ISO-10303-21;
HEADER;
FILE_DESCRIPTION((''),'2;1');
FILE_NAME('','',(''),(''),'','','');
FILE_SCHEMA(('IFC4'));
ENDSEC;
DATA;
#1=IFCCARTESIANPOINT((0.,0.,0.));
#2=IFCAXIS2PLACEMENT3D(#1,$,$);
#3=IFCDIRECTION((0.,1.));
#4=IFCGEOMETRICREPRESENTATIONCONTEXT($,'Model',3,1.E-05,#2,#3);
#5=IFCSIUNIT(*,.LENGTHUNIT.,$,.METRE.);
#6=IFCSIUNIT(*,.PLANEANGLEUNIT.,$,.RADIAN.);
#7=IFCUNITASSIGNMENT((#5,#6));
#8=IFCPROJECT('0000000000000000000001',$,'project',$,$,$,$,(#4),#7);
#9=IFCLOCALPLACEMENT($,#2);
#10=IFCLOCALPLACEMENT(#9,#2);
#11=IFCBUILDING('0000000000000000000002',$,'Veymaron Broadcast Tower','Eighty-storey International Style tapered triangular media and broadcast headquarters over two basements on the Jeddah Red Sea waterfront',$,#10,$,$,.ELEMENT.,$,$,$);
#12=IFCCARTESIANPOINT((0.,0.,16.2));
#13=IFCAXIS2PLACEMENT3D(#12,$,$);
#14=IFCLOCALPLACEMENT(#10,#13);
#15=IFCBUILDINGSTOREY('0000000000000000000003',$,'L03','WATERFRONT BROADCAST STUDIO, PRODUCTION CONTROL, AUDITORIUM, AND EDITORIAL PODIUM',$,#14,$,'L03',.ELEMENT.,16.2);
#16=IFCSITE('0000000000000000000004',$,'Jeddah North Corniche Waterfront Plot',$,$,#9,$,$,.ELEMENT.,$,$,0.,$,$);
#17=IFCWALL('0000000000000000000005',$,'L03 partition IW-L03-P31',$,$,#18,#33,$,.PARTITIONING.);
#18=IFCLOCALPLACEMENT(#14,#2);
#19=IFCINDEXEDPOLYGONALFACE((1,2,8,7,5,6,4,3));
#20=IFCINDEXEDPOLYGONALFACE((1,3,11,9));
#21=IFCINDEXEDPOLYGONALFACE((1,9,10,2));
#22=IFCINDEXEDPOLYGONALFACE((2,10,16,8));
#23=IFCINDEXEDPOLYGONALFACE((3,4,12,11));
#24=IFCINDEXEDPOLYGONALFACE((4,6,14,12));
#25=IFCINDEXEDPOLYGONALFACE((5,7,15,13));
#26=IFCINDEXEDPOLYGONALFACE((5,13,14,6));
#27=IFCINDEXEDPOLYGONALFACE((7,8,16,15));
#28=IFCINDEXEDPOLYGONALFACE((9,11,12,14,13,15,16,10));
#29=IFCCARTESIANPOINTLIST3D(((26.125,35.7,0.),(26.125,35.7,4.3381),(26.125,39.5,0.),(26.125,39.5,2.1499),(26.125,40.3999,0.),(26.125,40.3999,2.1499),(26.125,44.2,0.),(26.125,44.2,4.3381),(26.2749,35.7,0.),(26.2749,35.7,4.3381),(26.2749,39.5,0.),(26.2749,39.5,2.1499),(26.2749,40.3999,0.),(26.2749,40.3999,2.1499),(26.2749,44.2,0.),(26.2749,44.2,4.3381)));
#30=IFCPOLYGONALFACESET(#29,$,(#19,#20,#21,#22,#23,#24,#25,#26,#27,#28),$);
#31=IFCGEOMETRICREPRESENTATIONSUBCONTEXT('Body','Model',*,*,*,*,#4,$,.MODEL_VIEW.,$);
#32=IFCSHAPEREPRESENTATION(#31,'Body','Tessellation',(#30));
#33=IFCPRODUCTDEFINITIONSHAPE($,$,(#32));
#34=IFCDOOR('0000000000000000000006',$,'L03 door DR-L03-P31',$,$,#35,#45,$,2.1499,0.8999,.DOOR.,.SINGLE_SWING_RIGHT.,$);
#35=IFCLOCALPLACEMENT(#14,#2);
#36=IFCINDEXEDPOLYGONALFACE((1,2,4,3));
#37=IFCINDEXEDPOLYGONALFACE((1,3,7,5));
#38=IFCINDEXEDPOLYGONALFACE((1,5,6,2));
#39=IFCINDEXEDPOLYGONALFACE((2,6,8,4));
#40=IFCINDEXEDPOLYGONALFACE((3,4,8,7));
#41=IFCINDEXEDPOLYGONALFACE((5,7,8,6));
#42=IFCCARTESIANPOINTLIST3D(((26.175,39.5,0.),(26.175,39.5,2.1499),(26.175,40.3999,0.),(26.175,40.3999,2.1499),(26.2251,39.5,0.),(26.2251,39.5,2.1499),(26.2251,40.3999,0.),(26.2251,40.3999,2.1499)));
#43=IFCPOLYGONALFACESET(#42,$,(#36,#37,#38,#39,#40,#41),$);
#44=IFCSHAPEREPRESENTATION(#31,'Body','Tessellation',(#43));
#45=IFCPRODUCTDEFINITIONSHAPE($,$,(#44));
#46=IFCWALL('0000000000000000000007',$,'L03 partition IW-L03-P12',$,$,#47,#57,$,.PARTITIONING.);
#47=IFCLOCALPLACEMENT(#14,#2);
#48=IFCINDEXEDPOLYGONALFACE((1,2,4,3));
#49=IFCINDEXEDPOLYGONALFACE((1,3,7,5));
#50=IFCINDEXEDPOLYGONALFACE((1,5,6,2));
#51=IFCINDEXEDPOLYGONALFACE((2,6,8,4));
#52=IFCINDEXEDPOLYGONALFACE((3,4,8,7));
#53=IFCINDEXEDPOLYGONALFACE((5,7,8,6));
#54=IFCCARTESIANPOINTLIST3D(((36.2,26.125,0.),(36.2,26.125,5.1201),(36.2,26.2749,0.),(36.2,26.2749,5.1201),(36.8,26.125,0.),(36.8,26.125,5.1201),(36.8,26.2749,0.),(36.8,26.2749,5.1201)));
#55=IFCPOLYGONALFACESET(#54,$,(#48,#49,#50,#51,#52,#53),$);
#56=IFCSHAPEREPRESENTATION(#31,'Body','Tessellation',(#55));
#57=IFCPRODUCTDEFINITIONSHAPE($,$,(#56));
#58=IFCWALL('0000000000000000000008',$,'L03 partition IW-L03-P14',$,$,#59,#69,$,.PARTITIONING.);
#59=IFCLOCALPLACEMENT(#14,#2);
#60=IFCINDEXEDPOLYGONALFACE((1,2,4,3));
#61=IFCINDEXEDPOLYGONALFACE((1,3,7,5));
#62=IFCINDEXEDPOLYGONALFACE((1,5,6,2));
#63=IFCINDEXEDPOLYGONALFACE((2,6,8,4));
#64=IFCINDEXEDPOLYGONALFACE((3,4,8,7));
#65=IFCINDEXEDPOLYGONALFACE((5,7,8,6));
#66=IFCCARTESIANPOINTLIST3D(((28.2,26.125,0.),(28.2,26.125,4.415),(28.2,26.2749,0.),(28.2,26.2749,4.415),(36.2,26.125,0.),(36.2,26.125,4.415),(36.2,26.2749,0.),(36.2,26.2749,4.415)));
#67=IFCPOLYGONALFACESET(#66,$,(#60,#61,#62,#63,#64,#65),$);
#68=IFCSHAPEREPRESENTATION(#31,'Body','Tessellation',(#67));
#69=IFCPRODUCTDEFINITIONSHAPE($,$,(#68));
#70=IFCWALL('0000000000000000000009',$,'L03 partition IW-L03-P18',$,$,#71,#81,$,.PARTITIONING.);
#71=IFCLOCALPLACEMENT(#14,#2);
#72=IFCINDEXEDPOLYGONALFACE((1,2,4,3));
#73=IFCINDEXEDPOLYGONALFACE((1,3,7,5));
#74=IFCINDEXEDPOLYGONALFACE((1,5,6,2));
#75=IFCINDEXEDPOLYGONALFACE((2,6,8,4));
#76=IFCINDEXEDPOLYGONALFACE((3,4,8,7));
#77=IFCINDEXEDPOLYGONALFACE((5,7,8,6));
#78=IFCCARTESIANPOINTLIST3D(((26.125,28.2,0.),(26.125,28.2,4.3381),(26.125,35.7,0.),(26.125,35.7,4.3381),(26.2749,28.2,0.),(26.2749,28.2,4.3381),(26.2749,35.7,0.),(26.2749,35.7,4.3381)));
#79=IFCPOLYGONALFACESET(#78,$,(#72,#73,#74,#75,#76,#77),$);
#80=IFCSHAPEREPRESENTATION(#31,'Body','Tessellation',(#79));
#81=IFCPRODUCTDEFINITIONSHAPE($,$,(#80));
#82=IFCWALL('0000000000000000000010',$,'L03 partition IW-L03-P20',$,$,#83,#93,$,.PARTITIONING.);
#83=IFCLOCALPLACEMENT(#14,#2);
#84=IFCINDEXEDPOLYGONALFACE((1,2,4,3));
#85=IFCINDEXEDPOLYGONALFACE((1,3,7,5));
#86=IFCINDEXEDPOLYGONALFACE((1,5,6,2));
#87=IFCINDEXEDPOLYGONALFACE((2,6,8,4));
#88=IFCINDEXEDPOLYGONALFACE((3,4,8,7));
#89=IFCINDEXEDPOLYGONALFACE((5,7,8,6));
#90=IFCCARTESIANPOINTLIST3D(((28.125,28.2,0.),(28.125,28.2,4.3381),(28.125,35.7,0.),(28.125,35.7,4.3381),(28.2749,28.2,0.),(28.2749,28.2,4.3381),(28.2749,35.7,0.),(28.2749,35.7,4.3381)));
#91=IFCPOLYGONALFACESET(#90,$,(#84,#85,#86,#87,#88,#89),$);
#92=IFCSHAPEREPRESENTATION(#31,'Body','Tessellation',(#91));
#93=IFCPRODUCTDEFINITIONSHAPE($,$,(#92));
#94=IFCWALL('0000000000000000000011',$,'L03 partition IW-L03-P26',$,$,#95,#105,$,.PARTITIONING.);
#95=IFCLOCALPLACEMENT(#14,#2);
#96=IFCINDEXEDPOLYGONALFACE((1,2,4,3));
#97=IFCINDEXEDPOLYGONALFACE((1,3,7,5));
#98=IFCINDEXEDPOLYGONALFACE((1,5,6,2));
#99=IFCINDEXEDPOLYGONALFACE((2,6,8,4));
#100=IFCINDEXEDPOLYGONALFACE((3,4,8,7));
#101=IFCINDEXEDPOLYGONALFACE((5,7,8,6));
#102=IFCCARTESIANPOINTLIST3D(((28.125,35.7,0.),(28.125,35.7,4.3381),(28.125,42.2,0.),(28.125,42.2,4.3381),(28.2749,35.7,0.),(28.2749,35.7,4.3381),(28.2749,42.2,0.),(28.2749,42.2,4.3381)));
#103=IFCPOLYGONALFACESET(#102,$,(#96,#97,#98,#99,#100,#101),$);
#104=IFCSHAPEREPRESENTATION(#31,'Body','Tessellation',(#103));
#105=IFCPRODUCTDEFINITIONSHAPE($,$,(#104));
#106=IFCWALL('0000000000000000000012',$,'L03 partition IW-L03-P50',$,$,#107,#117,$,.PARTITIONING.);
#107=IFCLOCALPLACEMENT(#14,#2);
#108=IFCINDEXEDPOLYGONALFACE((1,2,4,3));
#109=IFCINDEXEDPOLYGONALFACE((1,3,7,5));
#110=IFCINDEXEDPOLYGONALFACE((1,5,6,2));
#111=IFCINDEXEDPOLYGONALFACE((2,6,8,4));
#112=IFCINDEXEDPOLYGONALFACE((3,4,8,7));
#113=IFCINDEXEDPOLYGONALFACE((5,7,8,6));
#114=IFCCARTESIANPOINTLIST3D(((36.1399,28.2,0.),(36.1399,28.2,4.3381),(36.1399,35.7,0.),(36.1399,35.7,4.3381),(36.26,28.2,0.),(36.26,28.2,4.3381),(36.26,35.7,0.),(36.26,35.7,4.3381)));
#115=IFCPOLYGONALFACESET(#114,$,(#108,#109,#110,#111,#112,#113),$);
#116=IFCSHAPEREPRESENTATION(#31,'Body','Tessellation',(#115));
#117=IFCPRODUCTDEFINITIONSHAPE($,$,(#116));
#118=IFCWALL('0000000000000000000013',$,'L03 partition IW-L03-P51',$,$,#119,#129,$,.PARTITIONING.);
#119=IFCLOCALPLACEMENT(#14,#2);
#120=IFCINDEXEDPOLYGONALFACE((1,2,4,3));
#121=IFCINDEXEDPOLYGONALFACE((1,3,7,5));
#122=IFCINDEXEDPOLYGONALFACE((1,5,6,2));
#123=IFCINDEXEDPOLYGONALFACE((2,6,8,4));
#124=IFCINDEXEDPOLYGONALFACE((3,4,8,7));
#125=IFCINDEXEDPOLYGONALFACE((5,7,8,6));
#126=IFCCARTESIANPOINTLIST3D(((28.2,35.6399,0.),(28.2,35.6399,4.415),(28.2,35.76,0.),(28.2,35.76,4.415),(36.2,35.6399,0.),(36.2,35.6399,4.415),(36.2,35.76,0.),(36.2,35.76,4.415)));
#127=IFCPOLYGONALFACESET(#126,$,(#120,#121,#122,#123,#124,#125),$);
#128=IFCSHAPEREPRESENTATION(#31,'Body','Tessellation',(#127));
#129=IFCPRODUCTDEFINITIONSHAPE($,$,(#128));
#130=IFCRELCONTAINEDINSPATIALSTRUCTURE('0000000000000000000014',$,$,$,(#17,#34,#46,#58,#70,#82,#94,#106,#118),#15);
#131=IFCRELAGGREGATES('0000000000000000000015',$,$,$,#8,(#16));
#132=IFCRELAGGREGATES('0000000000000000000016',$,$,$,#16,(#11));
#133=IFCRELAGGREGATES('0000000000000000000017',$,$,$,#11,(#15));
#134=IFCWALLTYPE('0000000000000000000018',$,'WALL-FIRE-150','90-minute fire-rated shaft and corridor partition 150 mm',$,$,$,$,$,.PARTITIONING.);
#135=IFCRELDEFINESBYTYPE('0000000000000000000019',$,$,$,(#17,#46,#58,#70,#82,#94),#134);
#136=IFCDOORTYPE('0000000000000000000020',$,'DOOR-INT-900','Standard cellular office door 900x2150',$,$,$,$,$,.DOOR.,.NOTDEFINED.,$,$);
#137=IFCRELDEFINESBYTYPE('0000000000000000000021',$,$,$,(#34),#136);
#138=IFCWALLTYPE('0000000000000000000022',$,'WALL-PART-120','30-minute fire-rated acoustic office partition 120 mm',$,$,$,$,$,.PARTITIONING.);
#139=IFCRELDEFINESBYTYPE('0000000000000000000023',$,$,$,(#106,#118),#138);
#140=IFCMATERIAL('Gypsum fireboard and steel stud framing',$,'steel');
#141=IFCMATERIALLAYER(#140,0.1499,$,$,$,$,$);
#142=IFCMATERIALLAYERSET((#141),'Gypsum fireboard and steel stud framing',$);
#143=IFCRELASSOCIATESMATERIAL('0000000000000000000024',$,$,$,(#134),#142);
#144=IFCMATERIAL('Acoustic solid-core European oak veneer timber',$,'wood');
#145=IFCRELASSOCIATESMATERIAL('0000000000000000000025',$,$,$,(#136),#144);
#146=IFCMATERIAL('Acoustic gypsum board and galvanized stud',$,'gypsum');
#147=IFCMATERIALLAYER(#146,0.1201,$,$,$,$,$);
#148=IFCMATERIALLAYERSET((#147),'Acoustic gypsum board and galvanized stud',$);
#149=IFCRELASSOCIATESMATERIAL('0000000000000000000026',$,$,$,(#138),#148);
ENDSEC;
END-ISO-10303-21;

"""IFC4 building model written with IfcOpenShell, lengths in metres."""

from ifc_helpers import new_model, si_unit, direction, frame, frame_2d, origin, place, context, subcontext, project, spatial, rectangle, extrude, material, layer, layer_set, type_object, element, fill, save


model = new_model("IFC4")

# Units and contexts
model_context = context("Model", 3, precision=1e-05, world=origin(), true_north=direction((0.0, 1.0)))
body_context = subcontext(model_context, "Body", "Model", "MODEL_VIEW")
ifc_project = project(units=[si_unit("LENGTHUNIT", "METRE"), si_unit("PLANEANGLEUNIT", "RADIAN")], contexts=[model_context])

# Site, building, storey
site_placement = place(None, origin())
site = spatial("IfcSite", under=ifc_project, at=site_placement, Name="Jeddah North Corniche Waterfront Plot", CompositionType="ELEMENT", RefElevation=0.0)
building_placement = place(site_placement, origin())
building = spatial("IfcBuilding", under=site, at=building_placement, Name="Veymaron Broadcast Tower", Description="Eighty-storey International Style tapered triangular media and broadcast headquarters over two basements on the Jeddah Red Sea waterfront", CompositionType="ELEMENT")
storey_placement = place(building_placement, frame((0.0, 0.0, 16.2)))
storey = spatial("IfcBuildingStorey", under=building, at=storey_placement, Name="L03", Description="WATERFRONT BROADCAST STUDIO, PRODUCTION CONTROL, AUDITORIUM, AND EDITORIAL PODIUM", LongName="L03", CompositionType="ELEMENT", Elevation=16.2)

# Wall, opening, door
ifc_material_1 = material(Name="Gypsum fireboard and steel stud framing", Category="steel")
ifc_layer_1 = layer(ifc_material_1, 0.1499)
ifc_layer_set_1 = layer_set([ifc_layer_1], Name="Gypsum fireboard and steel stud framing")
wall_type_1 = type_object("IfcWallType", Name="WALL-FIRE-150", Description="90-minute fire-rated shaft and corridor partition 150 mm", PredefinedType="PARTITIONING", material=ifc_layer_set_1)
ifc_material_2 = material(Name="Acoustic solid-core European oak veneer timber", Category="wood")
door_type_1 = type_object("IfcDoorType", Name="DOOR-INT-900", Description="Standard cellular office door 900x2150", OperationType="NOTDEFINED", PredefinedType="DOOR", material=ifc_material_2)
wall_1_placement = place(storey_placement, frame((26.2, 35.7, 0.0), z_axis=(0.0, 0.0, 1.0), x_axis=(0.0, 1.0, 0.0)))
wall_1 = element("IfcWall", 1, at=wall_1_placement, inside=storey, type_object=wall_type_1, Name="L03 partition IW-L03-P31", PredefinedType="PARTITIONING", context=body_context, shape_type="SweptSolid", body=[
    extrude(rectangle(XDim=8.5, YDim=0.1499, at=frame_2d((4.25, 0.0))), origin(), (0.0, 0.0, 1.0), 4.3381),
])
opening_1_placement = place(wall_1_placement, frame((3.8, 0.0, 0.0)))
opening_1 = element("IfcOpeningElement", 2, at=opening_1_placement, cuts=wall_1, PredefinedType="OPENING", context=body_context, shape_type="SweptSolid", body=[
    extrude(rectangle(XDim=0.8999, YDim=2.1499, at=frame_2d((0.45, 1.075))), frame((0.0, 0.085, 0.0), z_axis=(0.0, -1.0, 0.0), x_axis=(1.0, 0.0, 0.0)), (0.0, 0.0, 1.0), 0.1699),
])
door_1_placement = place(opening_1_placement, origin())
door_1 = element("IfcDoor", 3, at=door_1_placement, inside=storey, type_object=door_type_1, Name="L03 door DR-L03-P31", OperationType="SINGLE_SWING_RIGHT", OverallHeight=2.1499, OverallWidth=0.8999, PredefinedType="DOOR", context=body_context, shape_type="SweptSolid", body=[
    extrude(rectangle(XDim=0.8999, YDim=2.1499, at=frame_2d((0.45, 1.075))), frame((0.0, 0.0249, 0.0), z_axis=(0.0, -1.0, 0.0), x_axis=(1.0, 0.0, 0.0)), (0.0, 0.0, 1.0), 0.05),
])
fill(opening_1, door_1)

# Walls
wall_2_placement = place(storey_placement, frame((36.2, 26.2, 0.0), z_axis=(0.0, 0.0, 1.0), x_axis=(1.0, 0.0, 0.0)))
element("IfcWall", 4, at=wall_2_placement, inside=storey, type_object=wall_type_1, Name="L03 partition IW-L03-P12", PredefinedType="PARTITIONING", context=body_context, shape_type="SweptSolid", body=[
    extrude(rectangle(XDim=0.6001, YDim=0.1499, at=frame_2d((0.3, 0.0))), origin(), (0.0, 0.0, 1.0), 5.1201),
])
wall_3_placement = place(storey_placement, frame((28.2, 26.2, 0.0), z_axis=(0.0, 0.0, 1.0), x_axis=(1.0, 0.0, 0.0)))
element("IfcWall", 5, at=wall_3_placement, inside=storey, type_object=wall_type_1, Name="L03 partition IW-L03-P14", PredefinedType="PARTITIONING", context=body_context, shape_type="SweptSolid", body=[
    extrude(rectangle(XDim=8.0, YDim=0.1499, at=frame_2d((4.0, 0.0))), origin(), (0.0, 0.0, 1.0), 4.415),
])
for number, where, z_axis, x_axis, name in (
    (6, (26.2, 28.2, 0.0), (0.0, 0.0, 1.0), (0.0, 1.0, 0.0), "L03 partition IW-L03-P18"),
    (7, (28.2, 28.2, 0.0), (0.0, 0.0, 1.0), (0.0, 1.0, 0.0), "L03 partition IW-L03-P20"),
):
    element("IfcWall", number, at=place(storey_placement, frame(where, z_axis=z_axis, x_axis=x_axis)), inside=storey, type_object=wall_type_1, Name=name, PredefinedType="PARTITIONING", context=body_context, shape_type="SweptSolid", body=[
        extrude(rectangle(XDim=7.5, YDim=0.1499, at=frame_2d((3.75, 0.0))), origin(), (0.0, 0.0, 1.0), 4.3381),
    ])
wall_4_placement = place(storey_placement, frame((28.2, 35.7, 0.0), z_axis=(0.0, 0.0, 1.0), x_axis=(0.0, 1.0, 0.0)))
element("IfcWall", 8, at=wall_4_placement, inside=storey, type_object=wall_type_1, Name="L03 partition IW-L03-P26", PredefinedType="PARTITIONING", context=body_context, shape_type="SweptSolid", body=[
    extrude(rectangle(XDim=6.5, YDim=0.1499, at=frame_2d((3.25, 0.0))), origin(), (0.0, 0.0, 1.0), 4.3381),
])
ifc_material_3 = material(Name="Acoustic gypsum board and galvanized stud", Category="gypsum")
ifc_layer_2 = layer(ifc_material_3, 0.1201)
ifc_layer_set_2 = layer_set([ifc_layer_2], Name="Acoustic gypsum board and galvanized stud")
wall_type_2 = type_object("IfcWallType", Name="WALL-PART-120", Description="30-minute fire-rated acoustic office partition 120 mm", PredefinedType="PARTITIONING", material=ifc_layer_set_2)
wall_5_placement = place(storey_placement, frame((36.2, 28.2, 0.0), z_axis=(0.0, 0.0, 1.0), x_axis=(0.0, 1.0, 0.0)))
element("IfcWall", 9, at=wall_5_placement, inside=storey, type_object=wall_type_2, Name="L03 partition IW-L03-P50", PredefinedType="PARTITIONING", context=body_context, shape_type="SweptSolid", body=[
    extrude(rectangle(XDim=7.5, YDim=0.1201, at=frame_2d((3.75, 0.0))), origin(), (0.0, 0.0, 1.0), 4.3381),
])
wall_6_placement = place(storey_placement, frame((28.2, 35.7, 0.0), z_axis=(0.0, 0.0, 1.0), x_axis=(1.0, 0.0, 0.0)))
element("IfcWall", 10, at=wall_6_placement, inside=storey, type_object=wall_type_2, Name="L03 partition IW-L03-P51", PredefinedType="PARTITIONING", context=body_context, shape_type="SweptSolid", body=[
    extrude(rectangle(XDim=8.0, YDim=0.1201, at=frame_2d((4.0, 0.0))), origin(), (0.0, 0.0, 1.0), 4.415),
])

save(model, "model.ifc")
